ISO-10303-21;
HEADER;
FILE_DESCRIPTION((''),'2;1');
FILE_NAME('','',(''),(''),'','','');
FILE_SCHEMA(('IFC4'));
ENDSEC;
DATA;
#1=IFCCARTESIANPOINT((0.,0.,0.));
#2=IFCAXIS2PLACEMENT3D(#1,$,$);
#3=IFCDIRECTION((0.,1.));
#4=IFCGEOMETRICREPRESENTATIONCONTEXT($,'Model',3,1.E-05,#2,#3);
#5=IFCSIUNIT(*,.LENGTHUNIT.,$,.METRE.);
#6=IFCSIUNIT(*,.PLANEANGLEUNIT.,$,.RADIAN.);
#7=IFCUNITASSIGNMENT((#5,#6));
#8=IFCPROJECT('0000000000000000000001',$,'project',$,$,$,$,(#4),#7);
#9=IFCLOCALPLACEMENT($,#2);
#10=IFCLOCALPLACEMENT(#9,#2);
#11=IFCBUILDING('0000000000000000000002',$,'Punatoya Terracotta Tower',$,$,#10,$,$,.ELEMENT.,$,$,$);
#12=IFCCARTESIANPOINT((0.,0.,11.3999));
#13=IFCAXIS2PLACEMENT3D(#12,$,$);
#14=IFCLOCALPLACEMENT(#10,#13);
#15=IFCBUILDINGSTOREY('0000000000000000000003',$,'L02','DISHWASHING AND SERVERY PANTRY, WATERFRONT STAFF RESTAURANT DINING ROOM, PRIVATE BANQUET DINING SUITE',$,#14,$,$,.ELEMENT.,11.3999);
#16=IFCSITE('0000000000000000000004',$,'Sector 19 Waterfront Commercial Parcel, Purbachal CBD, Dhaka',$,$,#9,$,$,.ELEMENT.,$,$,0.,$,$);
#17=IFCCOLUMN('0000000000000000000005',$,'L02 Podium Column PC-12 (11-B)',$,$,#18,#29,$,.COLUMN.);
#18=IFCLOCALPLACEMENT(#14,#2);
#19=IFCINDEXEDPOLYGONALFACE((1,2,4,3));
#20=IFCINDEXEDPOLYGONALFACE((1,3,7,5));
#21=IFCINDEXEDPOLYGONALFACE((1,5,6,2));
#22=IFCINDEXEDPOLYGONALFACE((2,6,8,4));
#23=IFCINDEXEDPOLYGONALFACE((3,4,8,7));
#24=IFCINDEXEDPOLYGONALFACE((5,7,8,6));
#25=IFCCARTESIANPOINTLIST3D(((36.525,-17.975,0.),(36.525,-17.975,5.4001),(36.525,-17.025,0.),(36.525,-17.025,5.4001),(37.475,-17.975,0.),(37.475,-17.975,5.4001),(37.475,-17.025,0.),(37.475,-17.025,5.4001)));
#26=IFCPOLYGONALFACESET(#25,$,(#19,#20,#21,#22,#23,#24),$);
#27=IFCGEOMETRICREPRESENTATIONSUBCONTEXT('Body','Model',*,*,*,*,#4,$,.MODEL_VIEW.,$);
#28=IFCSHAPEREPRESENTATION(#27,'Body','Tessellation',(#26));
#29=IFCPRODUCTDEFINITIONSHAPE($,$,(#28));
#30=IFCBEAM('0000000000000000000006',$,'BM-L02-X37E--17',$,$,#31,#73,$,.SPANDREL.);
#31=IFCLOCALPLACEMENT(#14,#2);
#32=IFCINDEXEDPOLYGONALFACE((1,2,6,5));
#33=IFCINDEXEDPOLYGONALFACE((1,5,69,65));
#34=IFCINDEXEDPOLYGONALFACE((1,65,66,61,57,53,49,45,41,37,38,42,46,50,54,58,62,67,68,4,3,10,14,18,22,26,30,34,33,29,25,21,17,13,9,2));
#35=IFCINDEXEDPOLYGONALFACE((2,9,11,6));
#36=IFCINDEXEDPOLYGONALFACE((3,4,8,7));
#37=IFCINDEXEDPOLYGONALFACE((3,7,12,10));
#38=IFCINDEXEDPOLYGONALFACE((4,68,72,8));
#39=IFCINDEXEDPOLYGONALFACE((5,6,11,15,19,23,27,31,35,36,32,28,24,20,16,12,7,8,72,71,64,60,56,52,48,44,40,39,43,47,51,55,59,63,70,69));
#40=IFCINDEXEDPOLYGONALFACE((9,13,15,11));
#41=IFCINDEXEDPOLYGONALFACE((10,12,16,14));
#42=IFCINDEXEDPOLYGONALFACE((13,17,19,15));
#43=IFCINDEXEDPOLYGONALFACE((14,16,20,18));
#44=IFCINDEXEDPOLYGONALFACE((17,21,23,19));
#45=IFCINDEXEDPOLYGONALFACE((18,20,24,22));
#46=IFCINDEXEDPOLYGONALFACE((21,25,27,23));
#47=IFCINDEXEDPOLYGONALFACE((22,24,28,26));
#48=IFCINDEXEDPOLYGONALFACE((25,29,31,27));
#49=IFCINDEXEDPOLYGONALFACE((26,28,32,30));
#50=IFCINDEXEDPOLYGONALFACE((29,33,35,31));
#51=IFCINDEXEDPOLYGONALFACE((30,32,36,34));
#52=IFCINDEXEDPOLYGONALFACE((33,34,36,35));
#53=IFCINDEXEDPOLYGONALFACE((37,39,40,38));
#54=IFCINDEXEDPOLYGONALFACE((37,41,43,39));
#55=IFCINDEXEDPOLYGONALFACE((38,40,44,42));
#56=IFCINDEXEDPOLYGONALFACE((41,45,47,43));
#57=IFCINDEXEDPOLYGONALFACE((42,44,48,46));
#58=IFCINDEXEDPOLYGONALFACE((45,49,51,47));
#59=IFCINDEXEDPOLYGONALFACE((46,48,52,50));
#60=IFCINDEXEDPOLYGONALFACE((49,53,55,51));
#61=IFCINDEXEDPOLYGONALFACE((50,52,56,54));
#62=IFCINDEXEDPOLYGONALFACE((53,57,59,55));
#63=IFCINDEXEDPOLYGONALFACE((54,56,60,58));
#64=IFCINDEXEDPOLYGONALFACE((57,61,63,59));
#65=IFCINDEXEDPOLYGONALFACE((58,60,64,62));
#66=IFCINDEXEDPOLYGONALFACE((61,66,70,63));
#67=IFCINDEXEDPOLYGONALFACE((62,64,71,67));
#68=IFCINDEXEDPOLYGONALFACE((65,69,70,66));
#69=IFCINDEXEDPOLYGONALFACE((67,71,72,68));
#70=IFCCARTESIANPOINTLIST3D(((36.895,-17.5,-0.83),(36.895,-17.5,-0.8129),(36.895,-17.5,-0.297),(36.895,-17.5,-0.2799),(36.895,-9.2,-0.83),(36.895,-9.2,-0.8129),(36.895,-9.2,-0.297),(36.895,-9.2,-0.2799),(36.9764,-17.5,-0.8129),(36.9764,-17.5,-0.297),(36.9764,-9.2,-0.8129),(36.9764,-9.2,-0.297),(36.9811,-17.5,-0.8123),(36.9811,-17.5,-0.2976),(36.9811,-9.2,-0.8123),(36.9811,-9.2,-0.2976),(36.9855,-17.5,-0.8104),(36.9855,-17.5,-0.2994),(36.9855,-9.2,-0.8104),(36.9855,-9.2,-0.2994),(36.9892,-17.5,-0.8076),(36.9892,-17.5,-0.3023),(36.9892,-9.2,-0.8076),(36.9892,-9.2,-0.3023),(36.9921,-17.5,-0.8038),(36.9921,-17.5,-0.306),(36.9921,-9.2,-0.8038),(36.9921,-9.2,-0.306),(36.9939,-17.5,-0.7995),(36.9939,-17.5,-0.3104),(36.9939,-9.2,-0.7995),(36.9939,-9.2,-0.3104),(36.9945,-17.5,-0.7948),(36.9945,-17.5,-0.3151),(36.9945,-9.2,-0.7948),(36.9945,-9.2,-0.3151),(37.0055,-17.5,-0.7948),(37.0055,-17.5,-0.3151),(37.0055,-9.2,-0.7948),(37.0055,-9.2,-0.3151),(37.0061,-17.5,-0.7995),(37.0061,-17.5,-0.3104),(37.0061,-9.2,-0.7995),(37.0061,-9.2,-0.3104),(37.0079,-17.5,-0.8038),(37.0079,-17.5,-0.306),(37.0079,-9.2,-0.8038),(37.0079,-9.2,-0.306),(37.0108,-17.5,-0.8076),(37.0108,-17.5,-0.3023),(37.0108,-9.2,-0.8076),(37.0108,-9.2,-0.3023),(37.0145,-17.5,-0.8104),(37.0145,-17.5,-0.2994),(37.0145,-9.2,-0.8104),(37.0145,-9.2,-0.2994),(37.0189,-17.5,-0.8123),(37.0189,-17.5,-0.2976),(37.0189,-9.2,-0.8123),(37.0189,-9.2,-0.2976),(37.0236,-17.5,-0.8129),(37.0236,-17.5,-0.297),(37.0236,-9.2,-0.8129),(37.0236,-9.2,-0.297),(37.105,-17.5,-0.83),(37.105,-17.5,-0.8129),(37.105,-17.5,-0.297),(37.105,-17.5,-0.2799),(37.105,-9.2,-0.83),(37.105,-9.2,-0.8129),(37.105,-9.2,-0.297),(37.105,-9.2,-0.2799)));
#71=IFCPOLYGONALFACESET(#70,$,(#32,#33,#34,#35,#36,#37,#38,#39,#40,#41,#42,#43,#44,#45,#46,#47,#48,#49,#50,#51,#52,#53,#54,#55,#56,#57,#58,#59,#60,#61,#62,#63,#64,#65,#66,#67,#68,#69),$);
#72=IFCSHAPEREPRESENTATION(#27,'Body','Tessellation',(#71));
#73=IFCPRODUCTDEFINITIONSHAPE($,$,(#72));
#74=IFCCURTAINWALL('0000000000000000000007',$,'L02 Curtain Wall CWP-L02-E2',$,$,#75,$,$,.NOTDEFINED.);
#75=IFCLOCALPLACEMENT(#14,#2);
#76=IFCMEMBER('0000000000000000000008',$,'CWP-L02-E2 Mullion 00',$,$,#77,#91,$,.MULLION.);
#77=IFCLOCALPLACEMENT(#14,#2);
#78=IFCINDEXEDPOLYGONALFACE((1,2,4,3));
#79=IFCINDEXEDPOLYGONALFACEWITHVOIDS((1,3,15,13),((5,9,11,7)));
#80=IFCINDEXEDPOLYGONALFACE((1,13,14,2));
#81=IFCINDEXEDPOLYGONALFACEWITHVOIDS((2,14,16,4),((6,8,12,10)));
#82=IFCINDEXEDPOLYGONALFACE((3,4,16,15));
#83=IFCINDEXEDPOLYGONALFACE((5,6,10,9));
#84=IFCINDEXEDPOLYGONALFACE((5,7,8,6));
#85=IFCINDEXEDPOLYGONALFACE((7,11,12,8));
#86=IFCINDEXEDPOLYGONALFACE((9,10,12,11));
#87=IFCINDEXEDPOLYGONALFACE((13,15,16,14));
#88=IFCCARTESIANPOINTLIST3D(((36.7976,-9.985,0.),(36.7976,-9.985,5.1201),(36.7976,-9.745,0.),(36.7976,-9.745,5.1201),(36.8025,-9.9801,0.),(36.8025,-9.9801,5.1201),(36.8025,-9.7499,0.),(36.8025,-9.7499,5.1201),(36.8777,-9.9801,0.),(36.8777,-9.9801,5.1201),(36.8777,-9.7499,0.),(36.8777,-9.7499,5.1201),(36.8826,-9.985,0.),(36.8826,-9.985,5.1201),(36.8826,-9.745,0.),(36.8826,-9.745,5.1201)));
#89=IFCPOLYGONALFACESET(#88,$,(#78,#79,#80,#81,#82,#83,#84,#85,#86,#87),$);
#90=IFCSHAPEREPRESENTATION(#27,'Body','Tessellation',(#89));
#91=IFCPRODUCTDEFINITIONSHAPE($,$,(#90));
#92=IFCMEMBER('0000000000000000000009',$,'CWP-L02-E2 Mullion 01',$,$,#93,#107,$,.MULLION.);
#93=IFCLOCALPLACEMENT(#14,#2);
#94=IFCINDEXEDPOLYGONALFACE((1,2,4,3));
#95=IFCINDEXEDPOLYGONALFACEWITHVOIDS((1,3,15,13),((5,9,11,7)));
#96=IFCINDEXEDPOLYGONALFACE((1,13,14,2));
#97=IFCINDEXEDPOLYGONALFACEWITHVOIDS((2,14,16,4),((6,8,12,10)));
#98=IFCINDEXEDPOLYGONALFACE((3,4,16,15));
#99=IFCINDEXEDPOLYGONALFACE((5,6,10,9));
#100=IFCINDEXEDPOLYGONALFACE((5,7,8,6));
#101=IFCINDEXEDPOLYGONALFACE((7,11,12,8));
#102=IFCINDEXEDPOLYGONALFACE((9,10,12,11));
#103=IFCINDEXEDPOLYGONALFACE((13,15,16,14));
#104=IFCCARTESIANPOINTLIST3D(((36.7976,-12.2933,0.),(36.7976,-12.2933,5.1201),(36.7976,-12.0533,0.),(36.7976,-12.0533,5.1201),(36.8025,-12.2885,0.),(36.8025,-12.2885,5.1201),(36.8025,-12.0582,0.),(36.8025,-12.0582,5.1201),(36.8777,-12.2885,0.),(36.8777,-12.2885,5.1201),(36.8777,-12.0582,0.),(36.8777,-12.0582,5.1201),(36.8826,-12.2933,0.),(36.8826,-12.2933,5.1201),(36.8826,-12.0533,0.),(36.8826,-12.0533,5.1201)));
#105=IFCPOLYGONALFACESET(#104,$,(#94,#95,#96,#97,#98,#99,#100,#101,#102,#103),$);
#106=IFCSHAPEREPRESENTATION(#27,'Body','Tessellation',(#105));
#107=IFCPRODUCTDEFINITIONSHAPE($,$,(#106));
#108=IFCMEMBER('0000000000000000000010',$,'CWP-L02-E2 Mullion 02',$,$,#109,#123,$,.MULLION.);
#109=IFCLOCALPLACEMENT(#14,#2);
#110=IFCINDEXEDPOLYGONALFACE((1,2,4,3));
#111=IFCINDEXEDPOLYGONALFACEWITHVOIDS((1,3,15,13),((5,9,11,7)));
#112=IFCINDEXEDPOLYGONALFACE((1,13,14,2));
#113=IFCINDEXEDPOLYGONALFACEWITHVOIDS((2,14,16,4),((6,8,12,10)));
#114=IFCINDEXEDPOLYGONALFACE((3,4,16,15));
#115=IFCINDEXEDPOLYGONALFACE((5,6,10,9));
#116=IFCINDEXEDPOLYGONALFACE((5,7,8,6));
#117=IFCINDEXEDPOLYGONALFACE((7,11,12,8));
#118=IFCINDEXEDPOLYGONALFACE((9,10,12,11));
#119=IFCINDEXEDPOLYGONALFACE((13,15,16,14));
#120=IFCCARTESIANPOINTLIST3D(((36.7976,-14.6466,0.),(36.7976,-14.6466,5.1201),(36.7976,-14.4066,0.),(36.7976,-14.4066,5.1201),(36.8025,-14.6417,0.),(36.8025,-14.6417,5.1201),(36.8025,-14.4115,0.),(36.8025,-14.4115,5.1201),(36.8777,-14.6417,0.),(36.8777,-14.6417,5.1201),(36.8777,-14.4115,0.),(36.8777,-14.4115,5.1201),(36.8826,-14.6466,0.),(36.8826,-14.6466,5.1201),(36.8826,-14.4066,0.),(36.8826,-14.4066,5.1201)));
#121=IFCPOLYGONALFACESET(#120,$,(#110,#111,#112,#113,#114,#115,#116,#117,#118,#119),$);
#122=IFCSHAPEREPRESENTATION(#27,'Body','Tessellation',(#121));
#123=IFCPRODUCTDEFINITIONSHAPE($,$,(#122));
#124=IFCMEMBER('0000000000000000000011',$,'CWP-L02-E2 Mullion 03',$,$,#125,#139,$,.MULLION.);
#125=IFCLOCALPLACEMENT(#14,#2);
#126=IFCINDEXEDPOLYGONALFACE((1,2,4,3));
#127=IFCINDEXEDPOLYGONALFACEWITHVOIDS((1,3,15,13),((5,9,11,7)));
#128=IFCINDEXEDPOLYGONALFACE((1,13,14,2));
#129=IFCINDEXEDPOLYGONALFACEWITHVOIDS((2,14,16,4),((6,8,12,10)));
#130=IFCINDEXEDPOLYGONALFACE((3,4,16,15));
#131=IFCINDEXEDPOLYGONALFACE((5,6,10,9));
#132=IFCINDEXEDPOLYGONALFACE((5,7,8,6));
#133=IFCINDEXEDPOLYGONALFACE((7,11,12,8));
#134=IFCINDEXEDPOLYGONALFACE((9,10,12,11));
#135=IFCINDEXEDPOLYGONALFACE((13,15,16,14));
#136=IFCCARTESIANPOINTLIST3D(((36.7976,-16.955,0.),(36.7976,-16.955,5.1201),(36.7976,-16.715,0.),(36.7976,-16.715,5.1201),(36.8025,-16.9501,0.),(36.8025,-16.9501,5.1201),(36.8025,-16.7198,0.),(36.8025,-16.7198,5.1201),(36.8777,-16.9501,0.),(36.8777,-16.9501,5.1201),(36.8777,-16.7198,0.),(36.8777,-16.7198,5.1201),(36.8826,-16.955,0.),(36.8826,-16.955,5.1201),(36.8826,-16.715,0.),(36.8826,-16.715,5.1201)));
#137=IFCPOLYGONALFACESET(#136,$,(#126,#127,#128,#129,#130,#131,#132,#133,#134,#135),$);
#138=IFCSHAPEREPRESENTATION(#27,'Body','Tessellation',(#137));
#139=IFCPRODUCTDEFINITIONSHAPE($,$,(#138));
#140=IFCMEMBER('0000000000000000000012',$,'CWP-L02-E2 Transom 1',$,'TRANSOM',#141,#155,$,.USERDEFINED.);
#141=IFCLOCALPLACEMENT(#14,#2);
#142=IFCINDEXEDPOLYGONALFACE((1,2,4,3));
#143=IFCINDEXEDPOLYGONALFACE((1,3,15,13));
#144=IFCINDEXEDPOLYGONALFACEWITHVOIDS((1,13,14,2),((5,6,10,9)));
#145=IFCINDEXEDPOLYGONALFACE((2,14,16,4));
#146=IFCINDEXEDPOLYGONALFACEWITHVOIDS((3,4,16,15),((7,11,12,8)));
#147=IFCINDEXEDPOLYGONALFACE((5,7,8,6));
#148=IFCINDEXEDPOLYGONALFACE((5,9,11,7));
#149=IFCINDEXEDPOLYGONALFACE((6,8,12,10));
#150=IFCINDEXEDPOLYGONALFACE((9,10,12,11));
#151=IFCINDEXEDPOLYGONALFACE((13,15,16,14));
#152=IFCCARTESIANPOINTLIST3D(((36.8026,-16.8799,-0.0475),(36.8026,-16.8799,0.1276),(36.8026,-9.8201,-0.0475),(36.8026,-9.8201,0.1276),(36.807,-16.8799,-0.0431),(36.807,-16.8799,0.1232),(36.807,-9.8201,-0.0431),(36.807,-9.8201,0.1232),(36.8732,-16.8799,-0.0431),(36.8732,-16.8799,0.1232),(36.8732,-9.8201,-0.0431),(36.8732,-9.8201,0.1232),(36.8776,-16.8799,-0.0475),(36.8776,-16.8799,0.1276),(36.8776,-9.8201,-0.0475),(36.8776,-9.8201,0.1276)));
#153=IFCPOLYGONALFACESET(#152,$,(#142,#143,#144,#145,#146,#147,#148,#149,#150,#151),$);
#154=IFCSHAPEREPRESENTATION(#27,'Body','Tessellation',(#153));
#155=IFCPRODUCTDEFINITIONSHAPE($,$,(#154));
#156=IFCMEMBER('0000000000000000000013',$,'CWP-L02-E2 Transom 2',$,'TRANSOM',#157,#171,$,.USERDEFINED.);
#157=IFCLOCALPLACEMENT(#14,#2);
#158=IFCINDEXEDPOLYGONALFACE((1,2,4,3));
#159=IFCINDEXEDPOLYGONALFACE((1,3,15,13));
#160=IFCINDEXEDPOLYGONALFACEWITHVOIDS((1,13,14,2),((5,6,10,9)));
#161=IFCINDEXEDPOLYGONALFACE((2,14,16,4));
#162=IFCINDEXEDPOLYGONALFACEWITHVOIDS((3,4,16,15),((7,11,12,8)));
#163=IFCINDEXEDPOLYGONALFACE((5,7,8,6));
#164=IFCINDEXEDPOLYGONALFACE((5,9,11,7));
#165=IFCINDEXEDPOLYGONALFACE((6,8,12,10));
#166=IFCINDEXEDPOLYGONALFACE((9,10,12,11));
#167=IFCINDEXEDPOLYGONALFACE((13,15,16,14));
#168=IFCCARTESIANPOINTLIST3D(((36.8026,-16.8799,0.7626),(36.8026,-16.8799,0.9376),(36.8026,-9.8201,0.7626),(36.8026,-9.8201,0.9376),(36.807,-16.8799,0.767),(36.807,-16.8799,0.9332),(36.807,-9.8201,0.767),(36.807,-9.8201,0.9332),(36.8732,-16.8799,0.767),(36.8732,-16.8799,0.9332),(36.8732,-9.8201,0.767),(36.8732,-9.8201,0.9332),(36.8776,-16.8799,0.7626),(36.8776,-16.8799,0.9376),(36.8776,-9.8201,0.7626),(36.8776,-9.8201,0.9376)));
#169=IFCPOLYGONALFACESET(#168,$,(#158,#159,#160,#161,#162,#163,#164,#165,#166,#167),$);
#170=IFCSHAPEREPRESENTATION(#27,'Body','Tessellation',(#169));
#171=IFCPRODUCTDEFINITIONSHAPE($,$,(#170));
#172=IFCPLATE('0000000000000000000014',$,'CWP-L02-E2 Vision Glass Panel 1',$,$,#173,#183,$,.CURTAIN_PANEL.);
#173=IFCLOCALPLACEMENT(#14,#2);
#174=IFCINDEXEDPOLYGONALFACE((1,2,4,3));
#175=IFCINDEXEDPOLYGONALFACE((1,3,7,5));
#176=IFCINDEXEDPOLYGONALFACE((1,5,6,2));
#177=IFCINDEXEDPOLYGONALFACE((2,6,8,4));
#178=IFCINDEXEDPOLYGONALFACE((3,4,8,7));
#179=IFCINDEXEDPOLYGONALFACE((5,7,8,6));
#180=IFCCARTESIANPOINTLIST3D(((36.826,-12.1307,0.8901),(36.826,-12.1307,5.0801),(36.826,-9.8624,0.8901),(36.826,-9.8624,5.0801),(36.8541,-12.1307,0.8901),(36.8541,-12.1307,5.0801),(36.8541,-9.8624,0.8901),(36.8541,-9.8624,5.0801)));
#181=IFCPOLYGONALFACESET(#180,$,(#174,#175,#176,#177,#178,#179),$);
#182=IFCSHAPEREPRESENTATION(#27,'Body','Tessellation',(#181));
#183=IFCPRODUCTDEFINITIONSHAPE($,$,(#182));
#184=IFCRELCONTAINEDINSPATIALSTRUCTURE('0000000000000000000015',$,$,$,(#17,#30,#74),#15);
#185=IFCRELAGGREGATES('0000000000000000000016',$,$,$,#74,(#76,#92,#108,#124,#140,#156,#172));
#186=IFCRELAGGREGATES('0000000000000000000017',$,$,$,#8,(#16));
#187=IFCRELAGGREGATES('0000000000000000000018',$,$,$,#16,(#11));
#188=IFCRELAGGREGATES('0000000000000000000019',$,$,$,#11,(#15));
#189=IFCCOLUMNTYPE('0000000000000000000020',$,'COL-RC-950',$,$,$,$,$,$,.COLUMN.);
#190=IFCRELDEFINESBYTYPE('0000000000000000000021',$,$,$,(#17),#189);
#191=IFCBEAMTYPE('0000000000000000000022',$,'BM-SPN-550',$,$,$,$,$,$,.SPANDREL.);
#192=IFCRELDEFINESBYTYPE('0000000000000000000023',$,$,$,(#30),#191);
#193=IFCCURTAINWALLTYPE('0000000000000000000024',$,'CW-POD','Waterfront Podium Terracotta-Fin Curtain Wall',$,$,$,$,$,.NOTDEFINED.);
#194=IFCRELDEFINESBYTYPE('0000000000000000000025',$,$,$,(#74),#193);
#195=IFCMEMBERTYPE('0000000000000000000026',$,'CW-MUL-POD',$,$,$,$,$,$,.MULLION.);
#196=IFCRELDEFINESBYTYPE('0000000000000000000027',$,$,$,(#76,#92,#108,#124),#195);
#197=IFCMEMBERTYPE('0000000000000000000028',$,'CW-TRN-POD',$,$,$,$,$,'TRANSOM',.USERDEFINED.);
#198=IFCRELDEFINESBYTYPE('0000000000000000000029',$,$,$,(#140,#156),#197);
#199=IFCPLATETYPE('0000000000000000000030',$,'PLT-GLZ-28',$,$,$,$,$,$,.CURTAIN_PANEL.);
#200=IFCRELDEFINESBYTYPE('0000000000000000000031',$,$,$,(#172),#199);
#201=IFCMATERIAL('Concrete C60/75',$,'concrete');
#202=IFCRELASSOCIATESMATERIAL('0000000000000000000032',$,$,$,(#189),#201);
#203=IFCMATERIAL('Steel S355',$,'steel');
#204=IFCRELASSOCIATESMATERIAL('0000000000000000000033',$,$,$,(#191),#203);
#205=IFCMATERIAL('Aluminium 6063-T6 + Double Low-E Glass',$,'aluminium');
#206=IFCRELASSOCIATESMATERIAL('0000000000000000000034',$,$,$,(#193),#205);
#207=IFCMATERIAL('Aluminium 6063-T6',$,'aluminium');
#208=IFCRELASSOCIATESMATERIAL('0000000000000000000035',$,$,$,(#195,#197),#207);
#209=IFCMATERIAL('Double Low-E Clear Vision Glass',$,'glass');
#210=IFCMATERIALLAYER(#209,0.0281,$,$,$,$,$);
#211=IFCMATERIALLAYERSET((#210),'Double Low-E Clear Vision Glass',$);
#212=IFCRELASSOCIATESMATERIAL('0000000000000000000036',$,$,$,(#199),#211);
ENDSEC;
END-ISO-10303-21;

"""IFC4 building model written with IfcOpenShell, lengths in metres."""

from ifc_helpers import new_model, si_unit, direction, frame, origin, origin_2d, place, context, subcontext, project, spatial, rectangle, hollow_rectangle, i_section, extrude, material, layer, layer_set, material_profile, profile_set, type_object, element, aggregate, save


model = new_model("IFC4")

# Units and contexts
model_context = context("Model", 3, precision=1e-05, world=origin(), true_north=direction((0.0, 1.0)))
body_context = subcontext(model_context, "Body", "Model", "MODEL_VIEW")
ifc_project = project(units=[si_unit("LENGTHUNIT", "METRE"), si_unit("PLANEANGLEUNIT", "RADIAN")], contexts=[model_context])

# Site, building, storey
site_placement = place(None, origin())
site = spatial("IfcSite", under=ifc_project, at=site_placement, Name="Sector 19 Waterfront Commercial Parcel, Purbachal CBD, Dhaka", CompositionType="ELEMENT", RefElevation=0.0)
building_placement = place(site_placement, origin())
building = spatial("IfcBuilding", under=site, at=building_placement, Name="Punatoya Terracotta Tower", CompositionType="ELEMENT")
storey_placement = place(building_placement, frame((0.0, 0.0, 11.3999)))
storey = spatial("IfcBuildingStorey", under=building, at=storey_placement, Name="L02", Description="DISHWASHING AND SERVERY PANTRY, WATERFRONT STAFF RESTAURANT DINING ROOM, PRIVATE BANQUET DINING SUITE", CompositionType="ELEMENT", Elevation=11.3999)

# Column
ifc_material_1 = material(Name="Concrete C60/75", Category="concrete")
ifc_material_profile_1 = material_profile(ifc_material_1, rectangle(XDim=0.95, YDim=0.95, at=origin_2d()))
ifc_profile_set_1 = profile_set([ifc_material_profile_1], Name="Concrete C60/75")
column_type = type_object("IfcColumnType", Name="COL-RC-950", PredefinedType="COLUMN", material=ifc_profile_set_1)
column_placement = place(storey_placement, frame((37.0, -17.5, 0.0), z_axis=(0.0, 0.0, 1.0), x_axis=(1.0, 0.0, 0.0)))
element("IfcColumn", 1, at=column_placement, inside=storey, type_object=column_type, Name="L02 Podium Column PC-12 (11-B)", PredefinedType="COLUMN", context=body_context, shape_type="SweptSolid", body=[
    extrude(rectangle(XDim=0.95, YDim=0.95, at=origin_2d()), origin(), (0.0, 0.0, 1.0), 5.4001),
])

# Beam
ifc_material_2 = material(Name="Steel S355", Category="steel")
ifc_material_profile_2 = material_profile(ifc_material_2, i_section(OverallWidth=0.21, OverallDepth=0.55, WebThickness=0.011, FlangeThickness=0.0171, FilletRadius=0.0181, at=origin_2d()))
ifc_profile_set_2 = profile_set([ifc_material_profile_2], Name="Steel S355")
beam_type = type_object("IfcBeamType", Name="BM-SPN-550", PredefinedType="SPANDREL", material=ifc_profile_set_2)
beam_placement = place(storey_placement, frame((37.0, -17.5, -0.5549), z_axis=(0.0, 1.0, 0.0), x_axis=(-1.0, 0.0, 0.0)))
element("IfcBeam", 2, at=beam_placement, inside=storey, type_object=beam_type, Name="BM-L02-X37E--17", PredefinedType="SPANDREL", context=body_context, shape_type="SweptSolid", body=[
    extrude(i_section(OverallWidth=0.21, OverallDepth=0.55, WebThickness=0.011, FlangeThickness=0.0171, FilletRadius=0.0181, at=origin_2d()), origin(), (0.0, 0.0, 1.0), 8.3),
])

# Curtain wall, members, plate
ifc_material_3 = material(Name="Aluminium 6063-T6 + Double Low-E Glass", Category="aluminium")
curtain_wall_type = type_object("IfcCurtainWallType", Name="CW-POD", Description="Waterfront Podium Terracotta-Fin Curtain Wall", PredefinedType="NOTDEFINED", material=ifc_material_3)
curtain_wall_placement = place(storey_placement, origin())
curtain_wall = element("IfcCurtainWall", 3, at=curtain_wall_placement, inside=storey, type_object=curtain_wall_type, Name="L02 Curtain Wall CWP-L02-E2", PredefinedType="NOTDEFINED")
ifc_material_4 = material(Name="Aluminium 6063-T6", Category="aluminium")
ifc_material_profile_3 = material_profile(ifc_material_4, hollow_rectangle(XDim=0.085, YDim=0.24, WallThickness=0.0049, at=origin_2d()))
ifc_profile_set_3 = profile_set([ifc_material_profile_3], Name="Aluminium 6063-T6")
member_type_1 = type_object("IfcMemberType", Name="CW-MUL-POD", PredefinedType="MULLION", material=ifc_profile_set_3)
member_1_placement = place(storey_placement, frame((36.8401, -9.865, 0.0), z_axis=(0.0, 0.0, 1.0), x_axis=(1.0, 0.0, 0.0)))
member_1 = element("IfcMember", 4, at=member_1_placement, type_object=member_type_1, Name="CWP-L02-E2 Mullion 00", PredefinedType="MULLION", context=body_context, shape_type="SweptSolid", body=[
    extrude(hollow_rectangle(XDim=0.085, YDim=0.24, WallThickness=0.0049, at=origin_2d()), origin(), (0.0, 0.0, 1.0), 5.1201),
])
member_2_placement = place(storey_placement, frame((36.8401, -12.1733, 0.0), z_axis=(0.0, 0.0, 1.0), x_axis=(1.0, 0.0, 0.0)))
member_2 = element("IfcMember", 5, at=member_2_placement, type_object=member_type_1, Name="CWP-L02-E2 Mullion 01", PredefinedType="MULLION", context=body_context, shape_type="SweptSolid", body=[
    extrude(hollow_rectangle(XDim=0.085, YDim=0.24, WallThickness=0.0049, at=origin_2d()), origin(), (0.0, 0.0, 1.0), 5.1201),
])
member_3_placement = place(storey_placement, frame((36.8401, -14.5266, 0.0), z_axis=(0.0, 0.0, 1.0), x_axis=(1.0, 0.0, 0.0)))
member_3 = element("IfcMember", 6, at=member_3_placement, type_object=member_type_1, Name="CWP-L02-E2 Mullion 02", PredefinedType="MULLION", context=body_context, shape_type="SweptSolid", body=[
    extrude(hollow_rectangle(XDim=0.085, YDim=0.24, WallThickness=0.0049, at=origin_2d()), origin(), (0.0, 0.0, 1.0), 5.1201),
])
member_4_placement = place(storey_placement, frame((36.8401, -16.835, 0.0), z_axis=(0.0, 0.0, 1.0), x_axis=(1.0, 0.0, 0.0)))
member_4 = element("IfcMember", 7, at=member_4_placement, type_object=member_type_1, Name="CWP-L02-E2 Mullion 03", PredefinedType="MULLION", context=body_context, shape_type="SweptSolid", body=[
    extrude(hollow_rectangle(XDim=0.085, YDim=0.24, WallThickness=0.0049, at=origin_2d()), origin(), (0.0, 0.0, 1.0), 5.1201),
])
ifc_material_profile_4 = material_profile(ifc_material_4, hollow_rectangle(XDim=0.075, YDim=0.175, WallThickness=0.0044, at=origin_2d()))
ifc_profile_set_4 = profile_set([ifc_material_profile_4], Name="Aluminium 6063-T6")
member_type_2 = type_object("IfcMemberType", Name="CW-TRN-POD", ElementType="TRANSOM", PredefinedType="USERDEFINED", material=ifc_profile_set_4)
member_5_placement = place(storey_placement, frame((36.8401, -9.8201, 0.04), z_axis=(0.0, -1.0, 0.0), x_axis=(1.0, 0.0, 0.0)))
member_5 = element("IfcMember", 8, at=member_5_placement, type_object=member_type_2, Name="CWP-L02-E2 Transom 1", ObjectType="TRANSOM", PredefinedType="USERDEFINED", context=body_context, shape_type="SweptSolid", body=[
    extrude(hollow_rectangle(XDim=0.075, YDim=0.175, WallThickness=0.0044, at=origin_2d()), origin(), (0.0, 0.0, 1.0), 7.0598),
])
member_6_placement = place(storey_placement, frame((36.8401, -9.8201, 0.8501), z_axis=(0.0, -1.0, 0.0), x_axis=(1.0, 0.0, 0.0)))
member_6 = element("IfcMember", 9, at=member_6_placement, type_object=member_type_2, Name="CWP-L02-E2 Transom 2", ObjectType="TRANSOM", PredefinedType="USERDEFINED", context=body_context, shape_type="SweptSolid", body=[
    extrude(hollow_rectangle(XDim=0.075, YDim=0.175, WallThickness=0.0044, at=origin_2d()), origin(), (0.0, 0.0, 1.0), 7.0598),
])
ifc_material_5 = material(Name="Double Low-E Clear Vision Glass", Category="glass")
ifc_layer_1 = layer(ifc_material_5, 0.0281)
ifc_layer_set_1 = layer_set([ifc_layer_1], Name="Double Low-E Clear Vision Glass")
plate_type_1 = type_object("IfcPlateType", Name="PLT-GLZ-28", PredefinedType="CURTAIN_PANEL", material=ifc_layer_set_1)
plate_1_placement = place(storey_placement, frame((36.8401, -10.9966, 0.8901), z_axis=(0.0, 0.0, 1.0), x_axis=(0.0, -1.0, 0.0)))
plate_1 = element("IfcPlate", 10, at=plate_1_placement, type_object=plate_type_1, Name="CWP-L02-E2 Vision Glass Panel 1", PredefinedType="CURTAIN_PANEL", context=body_context, shape_type="SweptSolid", body=[
    extrude(rectangle(XDim=2.2683, YDim=0.0281, at=origin_2d()), origin(), (0.0, 0.0, 1.0), 4.1899),
])
aggregate(curtain_wall, [member_1, member_2, member_3, member_4, member_5, member_6, plate_1])

save(model, "model.ifc")
